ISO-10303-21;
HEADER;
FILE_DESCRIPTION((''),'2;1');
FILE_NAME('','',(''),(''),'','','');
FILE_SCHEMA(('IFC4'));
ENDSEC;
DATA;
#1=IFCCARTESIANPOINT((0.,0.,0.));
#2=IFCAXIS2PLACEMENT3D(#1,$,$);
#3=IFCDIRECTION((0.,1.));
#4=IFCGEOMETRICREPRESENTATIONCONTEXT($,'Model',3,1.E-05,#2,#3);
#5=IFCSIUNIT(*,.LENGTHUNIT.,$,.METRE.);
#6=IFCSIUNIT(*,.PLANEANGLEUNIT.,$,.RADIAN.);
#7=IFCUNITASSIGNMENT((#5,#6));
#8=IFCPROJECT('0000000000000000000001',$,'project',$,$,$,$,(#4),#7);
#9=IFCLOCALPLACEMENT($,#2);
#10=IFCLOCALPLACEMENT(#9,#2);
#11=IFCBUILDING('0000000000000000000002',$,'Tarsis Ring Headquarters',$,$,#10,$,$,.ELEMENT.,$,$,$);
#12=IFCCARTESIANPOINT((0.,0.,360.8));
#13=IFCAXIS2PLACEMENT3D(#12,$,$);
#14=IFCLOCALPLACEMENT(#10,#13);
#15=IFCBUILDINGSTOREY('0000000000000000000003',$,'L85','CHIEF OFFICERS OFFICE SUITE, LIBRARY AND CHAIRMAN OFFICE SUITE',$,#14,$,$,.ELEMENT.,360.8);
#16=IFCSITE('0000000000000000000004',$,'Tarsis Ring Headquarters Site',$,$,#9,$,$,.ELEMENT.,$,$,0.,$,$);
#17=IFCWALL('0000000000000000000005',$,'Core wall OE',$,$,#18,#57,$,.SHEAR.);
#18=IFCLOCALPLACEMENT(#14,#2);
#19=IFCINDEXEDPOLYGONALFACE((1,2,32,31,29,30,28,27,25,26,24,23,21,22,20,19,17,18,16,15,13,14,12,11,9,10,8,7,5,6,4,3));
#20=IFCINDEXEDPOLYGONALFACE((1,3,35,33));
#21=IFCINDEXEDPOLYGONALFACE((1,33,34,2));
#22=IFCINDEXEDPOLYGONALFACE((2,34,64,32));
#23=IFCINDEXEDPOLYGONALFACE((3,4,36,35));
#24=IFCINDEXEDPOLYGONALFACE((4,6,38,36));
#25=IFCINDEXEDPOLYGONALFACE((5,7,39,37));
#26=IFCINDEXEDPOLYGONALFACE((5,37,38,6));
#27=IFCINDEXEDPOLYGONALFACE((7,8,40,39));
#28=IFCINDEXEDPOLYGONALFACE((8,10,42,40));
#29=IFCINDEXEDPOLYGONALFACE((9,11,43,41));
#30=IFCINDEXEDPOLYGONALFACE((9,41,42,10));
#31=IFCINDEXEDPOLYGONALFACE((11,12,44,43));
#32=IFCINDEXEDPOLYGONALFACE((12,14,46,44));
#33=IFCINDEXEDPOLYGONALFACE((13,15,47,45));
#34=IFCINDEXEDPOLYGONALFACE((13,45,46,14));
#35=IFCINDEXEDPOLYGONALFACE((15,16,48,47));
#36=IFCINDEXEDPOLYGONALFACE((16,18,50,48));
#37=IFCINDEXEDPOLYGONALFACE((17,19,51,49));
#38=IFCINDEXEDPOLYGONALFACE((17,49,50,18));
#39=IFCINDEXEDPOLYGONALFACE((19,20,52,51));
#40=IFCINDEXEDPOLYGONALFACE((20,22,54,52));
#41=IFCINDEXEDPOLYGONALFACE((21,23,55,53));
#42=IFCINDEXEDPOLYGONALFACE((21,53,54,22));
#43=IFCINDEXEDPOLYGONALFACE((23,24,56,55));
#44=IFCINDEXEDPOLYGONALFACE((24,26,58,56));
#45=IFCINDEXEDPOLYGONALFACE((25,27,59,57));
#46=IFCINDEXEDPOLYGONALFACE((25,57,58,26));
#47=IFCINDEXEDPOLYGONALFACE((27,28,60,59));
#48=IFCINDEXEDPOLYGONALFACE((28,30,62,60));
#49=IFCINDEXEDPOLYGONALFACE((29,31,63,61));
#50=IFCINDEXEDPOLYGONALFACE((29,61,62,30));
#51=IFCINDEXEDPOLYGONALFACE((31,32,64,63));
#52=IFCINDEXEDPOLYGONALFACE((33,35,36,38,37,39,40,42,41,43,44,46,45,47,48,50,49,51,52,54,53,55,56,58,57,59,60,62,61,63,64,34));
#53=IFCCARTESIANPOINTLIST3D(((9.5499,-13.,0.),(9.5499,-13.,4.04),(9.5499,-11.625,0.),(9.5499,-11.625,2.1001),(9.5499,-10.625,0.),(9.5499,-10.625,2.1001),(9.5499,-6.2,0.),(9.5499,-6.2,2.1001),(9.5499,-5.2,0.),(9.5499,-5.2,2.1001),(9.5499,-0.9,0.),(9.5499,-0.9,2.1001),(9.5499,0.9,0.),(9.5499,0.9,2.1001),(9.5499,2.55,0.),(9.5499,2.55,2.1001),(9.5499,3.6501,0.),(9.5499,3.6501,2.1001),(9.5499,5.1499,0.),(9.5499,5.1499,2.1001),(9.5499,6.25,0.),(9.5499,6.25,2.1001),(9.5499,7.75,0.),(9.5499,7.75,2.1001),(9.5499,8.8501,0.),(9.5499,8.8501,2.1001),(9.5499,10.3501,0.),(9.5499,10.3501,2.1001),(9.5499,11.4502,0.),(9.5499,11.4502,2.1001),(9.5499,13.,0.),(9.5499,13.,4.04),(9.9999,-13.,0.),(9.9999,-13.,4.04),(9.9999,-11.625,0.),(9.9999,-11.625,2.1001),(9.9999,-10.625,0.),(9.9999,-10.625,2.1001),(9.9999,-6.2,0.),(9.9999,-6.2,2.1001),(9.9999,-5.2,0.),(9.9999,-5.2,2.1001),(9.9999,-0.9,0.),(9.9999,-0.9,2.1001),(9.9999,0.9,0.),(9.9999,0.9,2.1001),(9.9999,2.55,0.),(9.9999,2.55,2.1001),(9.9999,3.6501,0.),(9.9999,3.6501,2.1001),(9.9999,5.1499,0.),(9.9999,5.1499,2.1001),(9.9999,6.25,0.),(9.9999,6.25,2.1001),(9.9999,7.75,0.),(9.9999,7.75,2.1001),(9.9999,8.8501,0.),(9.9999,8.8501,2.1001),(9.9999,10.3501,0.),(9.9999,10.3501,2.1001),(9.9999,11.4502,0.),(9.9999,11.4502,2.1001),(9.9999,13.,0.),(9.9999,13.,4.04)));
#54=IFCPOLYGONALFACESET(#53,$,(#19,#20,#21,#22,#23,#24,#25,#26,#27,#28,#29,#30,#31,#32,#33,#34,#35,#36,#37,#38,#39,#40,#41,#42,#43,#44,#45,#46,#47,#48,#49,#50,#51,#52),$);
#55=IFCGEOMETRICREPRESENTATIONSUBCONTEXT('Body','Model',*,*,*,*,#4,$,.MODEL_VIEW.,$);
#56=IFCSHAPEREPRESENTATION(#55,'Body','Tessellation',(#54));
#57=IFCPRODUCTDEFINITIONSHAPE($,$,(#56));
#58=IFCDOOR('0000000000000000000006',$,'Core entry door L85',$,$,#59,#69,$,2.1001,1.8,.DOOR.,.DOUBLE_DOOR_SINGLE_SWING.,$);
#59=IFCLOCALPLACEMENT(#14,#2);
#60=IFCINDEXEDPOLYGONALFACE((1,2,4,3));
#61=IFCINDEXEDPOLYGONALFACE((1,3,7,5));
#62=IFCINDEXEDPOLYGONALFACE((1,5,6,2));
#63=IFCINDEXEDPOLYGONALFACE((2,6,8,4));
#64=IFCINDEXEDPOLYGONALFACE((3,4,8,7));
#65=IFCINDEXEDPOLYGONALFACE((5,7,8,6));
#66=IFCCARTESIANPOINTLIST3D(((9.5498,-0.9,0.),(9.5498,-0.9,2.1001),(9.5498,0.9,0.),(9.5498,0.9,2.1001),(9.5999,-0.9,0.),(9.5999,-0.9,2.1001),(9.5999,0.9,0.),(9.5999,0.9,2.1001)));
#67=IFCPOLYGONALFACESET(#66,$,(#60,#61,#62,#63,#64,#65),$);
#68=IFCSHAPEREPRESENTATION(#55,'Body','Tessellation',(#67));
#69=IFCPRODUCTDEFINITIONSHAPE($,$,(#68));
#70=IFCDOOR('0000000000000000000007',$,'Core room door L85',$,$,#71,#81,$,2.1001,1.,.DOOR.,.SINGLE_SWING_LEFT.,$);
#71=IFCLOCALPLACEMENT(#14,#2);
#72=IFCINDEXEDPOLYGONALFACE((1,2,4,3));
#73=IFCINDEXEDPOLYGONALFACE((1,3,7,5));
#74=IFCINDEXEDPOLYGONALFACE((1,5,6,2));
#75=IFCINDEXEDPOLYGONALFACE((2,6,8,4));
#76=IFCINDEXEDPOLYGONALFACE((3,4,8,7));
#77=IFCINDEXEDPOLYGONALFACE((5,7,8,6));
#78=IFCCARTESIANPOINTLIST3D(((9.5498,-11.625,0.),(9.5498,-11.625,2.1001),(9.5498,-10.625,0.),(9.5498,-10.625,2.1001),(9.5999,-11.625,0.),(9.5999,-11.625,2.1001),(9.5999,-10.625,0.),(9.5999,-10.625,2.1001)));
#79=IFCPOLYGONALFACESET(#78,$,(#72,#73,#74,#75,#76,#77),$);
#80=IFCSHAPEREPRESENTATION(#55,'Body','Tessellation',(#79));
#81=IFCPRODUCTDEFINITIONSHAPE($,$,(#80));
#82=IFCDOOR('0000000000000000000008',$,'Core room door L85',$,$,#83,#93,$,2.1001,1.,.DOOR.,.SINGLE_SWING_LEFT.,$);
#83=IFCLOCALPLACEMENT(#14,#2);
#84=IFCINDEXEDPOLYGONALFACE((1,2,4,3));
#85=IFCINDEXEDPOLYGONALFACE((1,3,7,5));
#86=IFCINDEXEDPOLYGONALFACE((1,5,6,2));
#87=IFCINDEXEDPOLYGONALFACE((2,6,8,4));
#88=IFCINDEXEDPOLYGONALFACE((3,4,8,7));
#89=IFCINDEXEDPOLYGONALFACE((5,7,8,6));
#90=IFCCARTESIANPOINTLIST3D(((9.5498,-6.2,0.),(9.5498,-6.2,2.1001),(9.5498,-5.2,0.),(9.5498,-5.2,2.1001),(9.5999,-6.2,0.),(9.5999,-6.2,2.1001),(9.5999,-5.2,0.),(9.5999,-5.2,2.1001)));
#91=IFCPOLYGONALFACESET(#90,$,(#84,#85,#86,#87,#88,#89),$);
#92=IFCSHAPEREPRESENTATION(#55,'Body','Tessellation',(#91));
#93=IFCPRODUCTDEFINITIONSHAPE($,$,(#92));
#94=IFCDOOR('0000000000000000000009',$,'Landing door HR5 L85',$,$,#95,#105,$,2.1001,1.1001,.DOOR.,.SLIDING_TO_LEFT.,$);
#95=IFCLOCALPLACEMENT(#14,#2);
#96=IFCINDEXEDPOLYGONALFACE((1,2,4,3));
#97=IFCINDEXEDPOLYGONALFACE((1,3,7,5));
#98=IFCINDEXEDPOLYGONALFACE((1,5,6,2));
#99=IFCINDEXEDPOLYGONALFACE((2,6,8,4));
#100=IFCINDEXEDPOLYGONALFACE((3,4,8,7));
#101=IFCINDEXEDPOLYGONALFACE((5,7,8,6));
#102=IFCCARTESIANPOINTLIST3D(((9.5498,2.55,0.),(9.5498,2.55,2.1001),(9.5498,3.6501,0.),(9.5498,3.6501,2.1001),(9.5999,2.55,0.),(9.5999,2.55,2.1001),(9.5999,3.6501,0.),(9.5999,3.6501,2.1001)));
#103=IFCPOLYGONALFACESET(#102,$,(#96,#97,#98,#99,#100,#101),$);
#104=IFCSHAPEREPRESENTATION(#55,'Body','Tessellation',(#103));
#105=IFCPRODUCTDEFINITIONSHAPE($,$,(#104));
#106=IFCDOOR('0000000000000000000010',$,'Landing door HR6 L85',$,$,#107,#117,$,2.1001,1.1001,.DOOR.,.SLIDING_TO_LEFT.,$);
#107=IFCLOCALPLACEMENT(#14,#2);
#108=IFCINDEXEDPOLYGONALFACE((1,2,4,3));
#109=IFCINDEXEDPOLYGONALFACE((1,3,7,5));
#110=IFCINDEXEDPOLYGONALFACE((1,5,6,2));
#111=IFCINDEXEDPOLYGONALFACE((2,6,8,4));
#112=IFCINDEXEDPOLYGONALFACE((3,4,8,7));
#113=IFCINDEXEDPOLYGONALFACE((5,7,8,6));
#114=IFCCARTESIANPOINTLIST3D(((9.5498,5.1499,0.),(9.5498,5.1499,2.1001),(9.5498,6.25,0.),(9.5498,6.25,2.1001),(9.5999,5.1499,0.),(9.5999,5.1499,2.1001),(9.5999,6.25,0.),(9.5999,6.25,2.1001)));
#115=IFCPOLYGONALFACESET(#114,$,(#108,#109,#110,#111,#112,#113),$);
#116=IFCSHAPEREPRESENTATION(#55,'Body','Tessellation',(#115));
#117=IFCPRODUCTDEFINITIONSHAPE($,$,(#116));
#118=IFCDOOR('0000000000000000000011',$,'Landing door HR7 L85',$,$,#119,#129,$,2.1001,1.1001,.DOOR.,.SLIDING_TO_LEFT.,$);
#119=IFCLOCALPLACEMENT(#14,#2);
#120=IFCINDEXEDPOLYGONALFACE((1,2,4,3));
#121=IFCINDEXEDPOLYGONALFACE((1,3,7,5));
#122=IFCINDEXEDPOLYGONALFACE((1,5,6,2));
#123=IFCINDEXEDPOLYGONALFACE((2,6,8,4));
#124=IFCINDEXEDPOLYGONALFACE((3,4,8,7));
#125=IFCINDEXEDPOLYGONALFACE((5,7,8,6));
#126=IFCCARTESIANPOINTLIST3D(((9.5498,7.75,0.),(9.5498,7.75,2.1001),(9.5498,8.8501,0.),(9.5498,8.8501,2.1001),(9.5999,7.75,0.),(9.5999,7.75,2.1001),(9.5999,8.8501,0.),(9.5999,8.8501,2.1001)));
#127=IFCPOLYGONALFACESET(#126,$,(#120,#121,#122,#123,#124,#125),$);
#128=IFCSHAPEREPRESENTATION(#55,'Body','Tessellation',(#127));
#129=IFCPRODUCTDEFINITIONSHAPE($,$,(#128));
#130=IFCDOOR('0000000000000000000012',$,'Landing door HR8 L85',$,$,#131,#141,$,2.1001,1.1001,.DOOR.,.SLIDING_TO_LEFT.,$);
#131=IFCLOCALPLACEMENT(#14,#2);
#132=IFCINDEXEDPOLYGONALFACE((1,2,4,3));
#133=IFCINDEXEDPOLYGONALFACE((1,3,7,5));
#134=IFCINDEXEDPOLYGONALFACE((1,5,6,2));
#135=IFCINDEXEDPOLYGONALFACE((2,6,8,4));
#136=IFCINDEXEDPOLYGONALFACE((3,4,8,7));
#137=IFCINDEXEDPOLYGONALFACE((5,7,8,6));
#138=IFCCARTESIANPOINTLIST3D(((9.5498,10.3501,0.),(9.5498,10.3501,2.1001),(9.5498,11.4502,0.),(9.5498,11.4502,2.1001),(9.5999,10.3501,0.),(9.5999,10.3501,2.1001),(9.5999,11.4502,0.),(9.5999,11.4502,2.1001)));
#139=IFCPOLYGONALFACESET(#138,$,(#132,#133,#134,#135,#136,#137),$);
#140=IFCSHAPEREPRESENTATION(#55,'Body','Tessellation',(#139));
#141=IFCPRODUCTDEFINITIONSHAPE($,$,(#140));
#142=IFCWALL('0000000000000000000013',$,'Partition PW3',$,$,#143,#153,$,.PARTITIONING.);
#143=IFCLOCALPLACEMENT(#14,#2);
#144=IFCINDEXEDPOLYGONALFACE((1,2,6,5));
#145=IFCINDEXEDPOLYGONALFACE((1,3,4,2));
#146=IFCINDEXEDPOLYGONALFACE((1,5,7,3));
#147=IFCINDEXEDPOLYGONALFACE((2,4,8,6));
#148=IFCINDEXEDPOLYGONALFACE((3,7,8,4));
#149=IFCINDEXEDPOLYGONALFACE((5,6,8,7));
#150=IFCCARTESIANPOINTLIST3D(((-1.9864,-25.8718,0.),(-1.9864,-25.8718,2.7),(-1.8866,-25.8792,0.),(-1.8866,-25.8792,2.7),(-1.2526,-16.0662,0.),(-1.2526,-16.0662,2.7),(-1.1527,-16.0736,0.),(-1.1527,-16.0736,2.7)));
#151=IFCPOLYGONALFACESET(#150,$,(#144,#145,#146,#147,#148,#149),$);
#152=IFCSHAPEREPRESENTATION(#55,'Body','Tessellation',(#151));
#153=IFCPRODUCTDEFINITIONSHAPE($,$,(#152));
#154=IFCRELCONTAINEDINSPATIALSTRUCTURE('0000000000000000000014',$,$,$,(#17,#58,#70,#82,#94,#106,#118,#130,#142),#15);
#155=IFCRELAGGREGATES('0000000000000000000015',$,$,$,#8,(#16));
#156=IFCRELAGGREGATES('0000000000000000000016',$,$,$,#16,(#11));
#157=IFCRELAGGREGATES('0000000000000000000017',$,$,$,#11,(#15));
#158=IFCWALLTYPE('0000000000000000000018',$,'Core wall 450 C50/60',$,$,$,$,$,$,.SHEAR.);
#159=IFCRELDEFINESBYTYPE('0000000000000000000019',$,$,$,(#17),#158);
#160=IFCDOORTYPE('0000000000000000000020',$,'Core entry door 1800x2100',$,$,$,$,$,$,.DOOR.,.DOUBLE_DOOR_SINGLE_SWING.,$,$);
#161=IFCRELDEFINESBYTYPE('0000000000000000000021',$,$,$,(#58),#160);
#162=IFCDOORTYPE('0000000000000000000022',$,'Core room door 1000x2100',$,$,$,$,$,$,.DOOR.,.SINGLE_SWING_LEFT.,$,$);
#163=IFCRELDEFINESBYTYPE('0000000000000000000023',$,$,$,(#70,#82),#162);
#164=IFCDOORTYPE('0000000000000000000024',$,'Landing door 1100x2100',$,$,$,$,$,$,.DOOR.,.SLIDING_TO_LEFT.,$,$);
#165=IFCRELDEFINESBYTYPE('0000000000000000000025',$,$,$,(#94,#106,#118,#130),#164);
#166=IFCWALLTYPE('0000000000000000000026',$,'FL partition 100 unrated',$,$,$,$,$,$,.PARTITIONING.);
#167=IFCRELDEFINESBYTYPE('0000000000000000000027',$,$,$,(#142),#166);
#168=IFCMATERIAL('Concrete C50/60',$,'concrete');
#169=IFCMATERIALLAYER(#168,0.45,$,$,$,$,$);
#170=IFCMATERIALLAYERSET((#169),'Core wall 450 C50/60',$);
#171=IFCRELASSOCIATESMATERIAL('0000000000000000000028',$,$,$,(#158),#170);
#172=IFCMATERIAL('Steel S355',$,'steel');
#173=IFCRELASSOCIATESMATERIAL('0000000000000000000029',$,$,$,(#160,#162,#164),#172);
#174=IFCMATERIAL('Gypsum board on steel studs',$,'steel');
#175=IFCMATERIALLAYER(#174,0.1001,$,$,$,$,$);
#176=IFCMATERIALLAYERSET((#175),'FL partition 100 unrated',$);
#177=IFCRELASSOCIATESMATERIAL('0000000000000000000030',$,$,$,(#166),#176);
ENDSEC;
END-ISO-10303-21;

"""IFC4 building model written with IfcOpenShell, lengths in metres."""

from ifc_helpers import new_model, si_unit, direction, frame, frame_2d, origin, place, context, subcontext, project, spatial, rectangle, extrude, material, layer, layer_set, type_object, element, fill, save


model = new_model("IFC4")

# Units and contexts
model_context = context("Model", 3, precision=1e-05, world=origin(), true_north=direction((0.0, 1.0)))
body_context = subcontext(model_context, "Body", "Model", "MODEL_VIEW")
ifc_project = project(units=[si_unit("LENGTHUNIT", "METRE"), si_unit("PLANEANGLEUNIT", "RADIAN")], contexts=[model_context])

# Site, building, storey
site_placement = place(None, origin())
site = spatial("IfcSite", under=ifc_project, at=site_placement, Name="Tarsis Ring Headquarters Site", CompositionType="ELEMENT", RefElevation=0.0)
building_placement = place(site_placement, origin())
building = spatial("IfcBuilding", under=site, at=building_placement, Name="Tarsis Ring Headquarters", CompositionType="ELEMENT")
storey_placement = place(building_placement, frame((0.0, 0.0, 360.8)))
storey = spatial("IfcBuildingStorey", under=building, at=storey_placement, Name="L85", Description="CHIEF OFFICERS OFFICE SUITE, LIBRARY AND CHAIRMAN OFFICE SUITE", CompositionType="ELEMENT", Elevation=360.8)

# Wall, openings, doors
ifc_material_1 = material(Name="Concrete C50/60", Category="concrete")
ifc_layer_1 = layer(ifc_material_1, 0.45)
ifc_layer_set_1 = layer_set([ifc_layer_1], Name="Core wall 450 C50/60")
wall_type_1 = type_object("IfcWallType", Name="Core wall 450 C50/60", PredefinedType="SHEAR", material=ifc_layer_set_1)
wall_1_placement = place(storey_placement, frame((9.7749, -13.0, 0.0), z_axis=(0.0, 0.0, 1.0), x_axis=(0.0, 1.0, 0.0)))
wall_1 = element("IfcWall", 1, at=wall_1_placement, inside=storey, type_object=wall_type_1, Name="Core wall OE", PredefinedType="SHEAR", context=body_context, shape_type="SweptSolid", body=[
    extrude(rectangle(XDim=26.0, YDim=0.45, at=frame_2d((13.0, 0.0))), origin(), (0.0, 0.0, 1.0), 4.04),
])
opening_1_placement = place(wall_1_placement, frame((1.375, 0.0, 0.0)))
opening_1 = element("IfcOpeningElement", 2, at=opening_1_placement, cuts=wall_1, PredefinedType="OPENING", context=body_context, shape_type="SweptSolid", body=[
    extrude(rectangle(XDim=1.0, YDim=2.1001, at=frame_2d((0.5, 1.05))), frame((0.0, 0.2349, 0.0), z_axis=(0.0, -1.0, 0.0), x_axis=(1.0, 0.0, 0.0)), (0.0, 0.0, 1.0), 0.47),
])
opening_2_placement = place(wall_1_placement, frame((6.8, 0.0, 0.0)))
opening_2 = element("IfcOpeningElement", 3, at=opening_2_placement, cuts=wall_1, PredefinedType="OPENING", context=body_context, shape_type="SweptSolid", body=[
    extrude(rectangle(XDim=1.0, YDim=2.1001, at=frame_2d((0.5, 1.05))), frame((0.0, 0.2349, 0.0), z_axis=(0.0, -1.0, 0.0), x_axis=(1.0, 0.0, 0.0)), (0.0, 0.0, 1.0), 0.47),
])
opening_3_placement = place(wall_1_placement, frame((12.1001, 0.0, 0.0)))
opening_3 = element("IfcOpeningElement", 4, at=opening_3_placement, cuts=wall_1, PredefinedType="OPENING", context=body_context, shape_type="SweptSolid", body=[
    extrude(rectangle(XDim=1.8, YDim=2.1001, at=frame_2d((0.8999, 1.05))), frame((0.0, 0.2349, 0.0), z_axis=(0.0, -1.0, 0.0), x_axis=(1.0, 0.0, 0.0)), (0.0, 0.0, 1.0), 0.47),
])
opening_4_placement = place(wall_1_placement, frame((15.55, 0.0, 0.0)))
opening_4 = element("IfcOpeningElement", 5, at=opening_4_placement, cuts=wall_1, PredefinedType="OPENING", context=body_context, shape_type="SweptSolid", body=[
    extrude(rectangle(XDim=1.1001, YDim=2.1001, at=frame_2d((0.55, 1.05))), frame((0.0, 0.2349, 0.0), z_axis=(0.0, -1.0, 0.0), x_axis=(1.0, 0.0, 0.0)), (0.0, 0.0, 1.0), 0.47),
])
opening_5_placement = place(wall_1_placement, frame((18.1499, 0.0, 0.0)))
opening_5 = element("IfcOpeningElement", 6, at=opening_5_placement, cuts=wall_1, PredefinedType="OPENING", context=body_context, shape_type="SweptSolid", body=[
    extrude(rectangle(XDim=1.1001, YDim=2.1001, at=frame_2d((0.55, 1.05))), frame((0.0, 0.2349, 0.0), z_axis=(0.0, -1.0, 0.0), x_axis=(1.0, 0.0, 0.0)), (0.0, 0.0, 1.0), 0.47),
])
opening_6_placement = place(wall_1_placement, frame((20.75, 0.0, 0.0)))
opening_6 = element("IfcOpeningElement", 7, at=opening_6_placement, cuts=wall_1, PredefinedType="OPENING", context=body_context, shape_type="SweptSolid", body=[
    extrude(rectangle(XDim=1.1001, YDim=2.1001, at=frame_2d((0.55, 1.05))), frame((0.0, 0.2349, 0.0), z_axis=(0.0, -1.0, 0.0), x_axis=(1.0, 0.0, 0.0)), (0.0, 0.0, 1.0), 0.47),
])
opening_7_placement = place(wall_1_placement, frame((23.3501, 0.0, 0.0)))
opening_7 = element("IfcOpeningElement", 8, at=opening_7_placement, cuts=wall_1, PredefinedType="OPENING", context=body_context, shape_type="SweptSolid", body=[
    extrude(rectangle(XDim=1.1001, YDim=2.1001, at=frame_2d((0.55, 1.05))), frame((0.0, 0.2349, 0.0), z_axis=(0.0, -1.0, 0.0), x_axis=(1.0, 0.0, 0.0)), (0.0, 0.0, 1.0), 0.47),
])
ifc_material_2 = material(Name="Steel S355", Category="steel")
door_type_1 = type_object("IfcDoorType", Name="Core entry door 1800x2100", OperationType="DOUBLE_DOOR_SINGLE_SWING", PredefinedType="DOOR", material=ifc_material_2)
door_1_placement = place(opening_3_placement, origin())
door_1 = element("IfcDoor", 9, at=door_1_placement, inside=storey, type_object=door_type_1, Name="Core entry door L85", OperationType="DOUBLE_DOOR_SINGLE_SWING", OverallHeight=2.1001, OverallWidth=1.8, PredefinedType="DOOR", context=body_context, shape_type="SweptSolid", body=[
    extrude(rectangle(XDim=1.8, YDim=2.1001, at=frame_2d((0.8999, 1.05))), frame((0.0, 0.2251, 0.0), z_axis=(0.0, -1.0, 0.0), x_axis=(1.0, 0.0, 0.0)), (0.0, 0.0, 1.0), 0.05),
])
fill(opening_3, door_1)
door_type_2 = type_object("IfcDoorType", Name="Core room door 1000x2100", OperationType="SINGLE_SWING_LEFT", PredefinedType="DOOR", material=ifc_material_2)
door_2_placement = place(opening_1_placement, origin())
door_2 = element("IfcDoor", 10, at=door_2_placement, inside=storey, type_object=door_type_2, Name="Core room door L85", OperationType="SINGLE_SWING_LEFT", OverallHeight=2.1001, OverallWidth=1.0, PredefinedType="DOOR", context=body_context, shape_type="SweptSolid", body=[
    extrude(rectangle(XDim=1.0, YDim=2.1001, at=frame_2d((0.5, 1.05))), frame((0.0, 0.2251, 0.0), z_axis=(0.0, -1.0, 0.0), x_axis=(1.0, 0.0, 0.0)), (0.0, 0.0, 1.0), 0.05),
])
fill(opening_1, door_2)
door_3_placement = place(opening_2_placement, origin())
door_3 = element("IfcDoor", 11, at=door_3_placement, inside=storey, type_object=door_type_2, Name="Core room door L85", OperationType="SINGLE_SWING_LEFT", OverallHeight=2.1001, OverallWidth=1.0, PredefinedType="DOOR", context=body_context, shape_type="SweptSolid", body=[
    extrude(rectangle(XDim=1.0, YDim=2.1001, at=frame_2d((0.5, 1.05))), frame((0.0, 0.2251, 0.0), z_axis=(0.0, -1.0, 0.0), x_axis=(1.0, 0.0, 0.0)), (0.0, 0.0, 1.0), 0.05),
])
fill(opening_2, door_3)
door_type_3 = type_object("IfcDoorType", Name="Landing door 1100x2100", OperationType="SLIDING_TO_LEFT", PredefinedType="DOOR", material=ifc_material_2)
door_4_placement = place(opening_4_placement, origin())
door_4 = element("IfcDoor", 12, at=door_4_placement, inside=storey, type_object=door_type_3, Name="Landing door HR5 L85", OperationType="SLIDING_TO_LEFT", OverallHeight=2.1001, OverallWidth=1.1001, PredefinedType="DOOR", context=body_context, shape_type="SweptSolid", body=[
    extrude(rectangle(XDim=1.1001, YDim=2.1001, at=frame_2d((0.55, 1.05))), frame((0.0, 0.2251, 0.0), z_axis=(0.0, -1.0, 0.0), x_axis=(1.0, 0.0, 0.0)), (0.0, 0.0, 1.0), 0.05),
])
fill(opening_4, door_4)
door_5_placement = place(opening_5_placement, origin())
door_5 = element("IfcDoor", 13, at=door_5_placement, inside=storey, type_object=door_type_3, Name="Landing door HR6 L85", OperationType="SLIDING_TO_LEFT", OverallHeight=2.1001, OverallWidth=1.1001, PredefinedType="DOOR", context=body_context, shape_type="SweptSolid", body=[
    extrude(rectangle(XDim=1.1001, YDim=2.1001, at=frame_2d((0.55, 1.05))), frame((0.0, 0.2251, 0.0), z_axis=(0.0, -1.0, 0.0), x_axis=(1.0, 0.0, 0.0)), (0.0, 0.0, 1.0), 0.05),
])
fill(opening_5, door_5)
door_6_placement = place(opening_6_placement, origin())
door_6 = element("IfcDoor", 14, at=door_6_placement, inside=storey, type_object=door_type_3, Name="Landing door HR7 L85", OperationType="SLIDING_TO_LEFT", OverallHeight=2.1001, OverallWidth=1.1001, PredefinedType="DOOR", context=body_context, shape_type="SweptSolid", body=[
    extrude(rectangle(XDim=1.1001, YDim=2.1001, at=frame_2d((0.55, 1.05))), frame((0.0, 0.2251, 0.0), z_axis=(0.0, -1.0, 0.0), x_axis=(1.0, 0.0, 0.0)), (0.0, 0.0, 1.0), 0.05),
])
fill(opening_6, door_6)
door_7_placement = place(opening_7_placement, origin())
door_7 = element("IfcDoor", 15, at=door_7_placement, inside=storey, type_object=door_type_3, Name="Landing door HR8 L85", OperationType="SLIDING_TO_LEFT", OverallHeight=2.1001, OverallWidth=1.1001, PredefinedType="DOOR", context=body_context, shape_type="SweptSolid", body=[
    extrude(rectangle(XDim=1.1001, YDim=2.1001, at=frame_2d((0.55, 1.05))), frame((0.0, 0.2251, 0.0), z_axis=(0.0, -1.0, 0.0), x_axis=(1.0, 0.0, 0.0)), (0.0, 0.0, 1.0), 0.05),
])
fill(opening_7, door_7)

# Wall
ifc_material_3 = material(Name="Gypsum board on steel studs", Category="steel")
ifc_layer_2 = layer(ifc_material_3, 0.1001)
ifc_layer_set_2 = layer_set([ifc_layer_2], Name="FL partition 100 unrated")
wall_type_2 = type_object("IfcWallType", Name="FL partition 100 unrated", PredefinedType="PARTITIONING", material=ifc_layer_set_2)
wall_2_placement = place(storey_placement, frame((-1.9365, -25.8755, 0.0), z_axis=(0.0, 0.0, 1.0), x_axis=(0.074634, 0.997211, 0.0)))
element("IfcWall", 16, at=wall_2_placement, inside=storey, type_object=wall_type_2, Name="Partition PW3", PredefinedType="PARTITIONING", context=body_context, shape_type="SweptSolid", body=[
    extrude(rectangle(XDim=9.833, YDim=0.1001, at=frame_2d((4.9165, 0.0))), origin(), (0.0, 0.0, 1.0), 2.7),
])

save(model, "model.ifc")
